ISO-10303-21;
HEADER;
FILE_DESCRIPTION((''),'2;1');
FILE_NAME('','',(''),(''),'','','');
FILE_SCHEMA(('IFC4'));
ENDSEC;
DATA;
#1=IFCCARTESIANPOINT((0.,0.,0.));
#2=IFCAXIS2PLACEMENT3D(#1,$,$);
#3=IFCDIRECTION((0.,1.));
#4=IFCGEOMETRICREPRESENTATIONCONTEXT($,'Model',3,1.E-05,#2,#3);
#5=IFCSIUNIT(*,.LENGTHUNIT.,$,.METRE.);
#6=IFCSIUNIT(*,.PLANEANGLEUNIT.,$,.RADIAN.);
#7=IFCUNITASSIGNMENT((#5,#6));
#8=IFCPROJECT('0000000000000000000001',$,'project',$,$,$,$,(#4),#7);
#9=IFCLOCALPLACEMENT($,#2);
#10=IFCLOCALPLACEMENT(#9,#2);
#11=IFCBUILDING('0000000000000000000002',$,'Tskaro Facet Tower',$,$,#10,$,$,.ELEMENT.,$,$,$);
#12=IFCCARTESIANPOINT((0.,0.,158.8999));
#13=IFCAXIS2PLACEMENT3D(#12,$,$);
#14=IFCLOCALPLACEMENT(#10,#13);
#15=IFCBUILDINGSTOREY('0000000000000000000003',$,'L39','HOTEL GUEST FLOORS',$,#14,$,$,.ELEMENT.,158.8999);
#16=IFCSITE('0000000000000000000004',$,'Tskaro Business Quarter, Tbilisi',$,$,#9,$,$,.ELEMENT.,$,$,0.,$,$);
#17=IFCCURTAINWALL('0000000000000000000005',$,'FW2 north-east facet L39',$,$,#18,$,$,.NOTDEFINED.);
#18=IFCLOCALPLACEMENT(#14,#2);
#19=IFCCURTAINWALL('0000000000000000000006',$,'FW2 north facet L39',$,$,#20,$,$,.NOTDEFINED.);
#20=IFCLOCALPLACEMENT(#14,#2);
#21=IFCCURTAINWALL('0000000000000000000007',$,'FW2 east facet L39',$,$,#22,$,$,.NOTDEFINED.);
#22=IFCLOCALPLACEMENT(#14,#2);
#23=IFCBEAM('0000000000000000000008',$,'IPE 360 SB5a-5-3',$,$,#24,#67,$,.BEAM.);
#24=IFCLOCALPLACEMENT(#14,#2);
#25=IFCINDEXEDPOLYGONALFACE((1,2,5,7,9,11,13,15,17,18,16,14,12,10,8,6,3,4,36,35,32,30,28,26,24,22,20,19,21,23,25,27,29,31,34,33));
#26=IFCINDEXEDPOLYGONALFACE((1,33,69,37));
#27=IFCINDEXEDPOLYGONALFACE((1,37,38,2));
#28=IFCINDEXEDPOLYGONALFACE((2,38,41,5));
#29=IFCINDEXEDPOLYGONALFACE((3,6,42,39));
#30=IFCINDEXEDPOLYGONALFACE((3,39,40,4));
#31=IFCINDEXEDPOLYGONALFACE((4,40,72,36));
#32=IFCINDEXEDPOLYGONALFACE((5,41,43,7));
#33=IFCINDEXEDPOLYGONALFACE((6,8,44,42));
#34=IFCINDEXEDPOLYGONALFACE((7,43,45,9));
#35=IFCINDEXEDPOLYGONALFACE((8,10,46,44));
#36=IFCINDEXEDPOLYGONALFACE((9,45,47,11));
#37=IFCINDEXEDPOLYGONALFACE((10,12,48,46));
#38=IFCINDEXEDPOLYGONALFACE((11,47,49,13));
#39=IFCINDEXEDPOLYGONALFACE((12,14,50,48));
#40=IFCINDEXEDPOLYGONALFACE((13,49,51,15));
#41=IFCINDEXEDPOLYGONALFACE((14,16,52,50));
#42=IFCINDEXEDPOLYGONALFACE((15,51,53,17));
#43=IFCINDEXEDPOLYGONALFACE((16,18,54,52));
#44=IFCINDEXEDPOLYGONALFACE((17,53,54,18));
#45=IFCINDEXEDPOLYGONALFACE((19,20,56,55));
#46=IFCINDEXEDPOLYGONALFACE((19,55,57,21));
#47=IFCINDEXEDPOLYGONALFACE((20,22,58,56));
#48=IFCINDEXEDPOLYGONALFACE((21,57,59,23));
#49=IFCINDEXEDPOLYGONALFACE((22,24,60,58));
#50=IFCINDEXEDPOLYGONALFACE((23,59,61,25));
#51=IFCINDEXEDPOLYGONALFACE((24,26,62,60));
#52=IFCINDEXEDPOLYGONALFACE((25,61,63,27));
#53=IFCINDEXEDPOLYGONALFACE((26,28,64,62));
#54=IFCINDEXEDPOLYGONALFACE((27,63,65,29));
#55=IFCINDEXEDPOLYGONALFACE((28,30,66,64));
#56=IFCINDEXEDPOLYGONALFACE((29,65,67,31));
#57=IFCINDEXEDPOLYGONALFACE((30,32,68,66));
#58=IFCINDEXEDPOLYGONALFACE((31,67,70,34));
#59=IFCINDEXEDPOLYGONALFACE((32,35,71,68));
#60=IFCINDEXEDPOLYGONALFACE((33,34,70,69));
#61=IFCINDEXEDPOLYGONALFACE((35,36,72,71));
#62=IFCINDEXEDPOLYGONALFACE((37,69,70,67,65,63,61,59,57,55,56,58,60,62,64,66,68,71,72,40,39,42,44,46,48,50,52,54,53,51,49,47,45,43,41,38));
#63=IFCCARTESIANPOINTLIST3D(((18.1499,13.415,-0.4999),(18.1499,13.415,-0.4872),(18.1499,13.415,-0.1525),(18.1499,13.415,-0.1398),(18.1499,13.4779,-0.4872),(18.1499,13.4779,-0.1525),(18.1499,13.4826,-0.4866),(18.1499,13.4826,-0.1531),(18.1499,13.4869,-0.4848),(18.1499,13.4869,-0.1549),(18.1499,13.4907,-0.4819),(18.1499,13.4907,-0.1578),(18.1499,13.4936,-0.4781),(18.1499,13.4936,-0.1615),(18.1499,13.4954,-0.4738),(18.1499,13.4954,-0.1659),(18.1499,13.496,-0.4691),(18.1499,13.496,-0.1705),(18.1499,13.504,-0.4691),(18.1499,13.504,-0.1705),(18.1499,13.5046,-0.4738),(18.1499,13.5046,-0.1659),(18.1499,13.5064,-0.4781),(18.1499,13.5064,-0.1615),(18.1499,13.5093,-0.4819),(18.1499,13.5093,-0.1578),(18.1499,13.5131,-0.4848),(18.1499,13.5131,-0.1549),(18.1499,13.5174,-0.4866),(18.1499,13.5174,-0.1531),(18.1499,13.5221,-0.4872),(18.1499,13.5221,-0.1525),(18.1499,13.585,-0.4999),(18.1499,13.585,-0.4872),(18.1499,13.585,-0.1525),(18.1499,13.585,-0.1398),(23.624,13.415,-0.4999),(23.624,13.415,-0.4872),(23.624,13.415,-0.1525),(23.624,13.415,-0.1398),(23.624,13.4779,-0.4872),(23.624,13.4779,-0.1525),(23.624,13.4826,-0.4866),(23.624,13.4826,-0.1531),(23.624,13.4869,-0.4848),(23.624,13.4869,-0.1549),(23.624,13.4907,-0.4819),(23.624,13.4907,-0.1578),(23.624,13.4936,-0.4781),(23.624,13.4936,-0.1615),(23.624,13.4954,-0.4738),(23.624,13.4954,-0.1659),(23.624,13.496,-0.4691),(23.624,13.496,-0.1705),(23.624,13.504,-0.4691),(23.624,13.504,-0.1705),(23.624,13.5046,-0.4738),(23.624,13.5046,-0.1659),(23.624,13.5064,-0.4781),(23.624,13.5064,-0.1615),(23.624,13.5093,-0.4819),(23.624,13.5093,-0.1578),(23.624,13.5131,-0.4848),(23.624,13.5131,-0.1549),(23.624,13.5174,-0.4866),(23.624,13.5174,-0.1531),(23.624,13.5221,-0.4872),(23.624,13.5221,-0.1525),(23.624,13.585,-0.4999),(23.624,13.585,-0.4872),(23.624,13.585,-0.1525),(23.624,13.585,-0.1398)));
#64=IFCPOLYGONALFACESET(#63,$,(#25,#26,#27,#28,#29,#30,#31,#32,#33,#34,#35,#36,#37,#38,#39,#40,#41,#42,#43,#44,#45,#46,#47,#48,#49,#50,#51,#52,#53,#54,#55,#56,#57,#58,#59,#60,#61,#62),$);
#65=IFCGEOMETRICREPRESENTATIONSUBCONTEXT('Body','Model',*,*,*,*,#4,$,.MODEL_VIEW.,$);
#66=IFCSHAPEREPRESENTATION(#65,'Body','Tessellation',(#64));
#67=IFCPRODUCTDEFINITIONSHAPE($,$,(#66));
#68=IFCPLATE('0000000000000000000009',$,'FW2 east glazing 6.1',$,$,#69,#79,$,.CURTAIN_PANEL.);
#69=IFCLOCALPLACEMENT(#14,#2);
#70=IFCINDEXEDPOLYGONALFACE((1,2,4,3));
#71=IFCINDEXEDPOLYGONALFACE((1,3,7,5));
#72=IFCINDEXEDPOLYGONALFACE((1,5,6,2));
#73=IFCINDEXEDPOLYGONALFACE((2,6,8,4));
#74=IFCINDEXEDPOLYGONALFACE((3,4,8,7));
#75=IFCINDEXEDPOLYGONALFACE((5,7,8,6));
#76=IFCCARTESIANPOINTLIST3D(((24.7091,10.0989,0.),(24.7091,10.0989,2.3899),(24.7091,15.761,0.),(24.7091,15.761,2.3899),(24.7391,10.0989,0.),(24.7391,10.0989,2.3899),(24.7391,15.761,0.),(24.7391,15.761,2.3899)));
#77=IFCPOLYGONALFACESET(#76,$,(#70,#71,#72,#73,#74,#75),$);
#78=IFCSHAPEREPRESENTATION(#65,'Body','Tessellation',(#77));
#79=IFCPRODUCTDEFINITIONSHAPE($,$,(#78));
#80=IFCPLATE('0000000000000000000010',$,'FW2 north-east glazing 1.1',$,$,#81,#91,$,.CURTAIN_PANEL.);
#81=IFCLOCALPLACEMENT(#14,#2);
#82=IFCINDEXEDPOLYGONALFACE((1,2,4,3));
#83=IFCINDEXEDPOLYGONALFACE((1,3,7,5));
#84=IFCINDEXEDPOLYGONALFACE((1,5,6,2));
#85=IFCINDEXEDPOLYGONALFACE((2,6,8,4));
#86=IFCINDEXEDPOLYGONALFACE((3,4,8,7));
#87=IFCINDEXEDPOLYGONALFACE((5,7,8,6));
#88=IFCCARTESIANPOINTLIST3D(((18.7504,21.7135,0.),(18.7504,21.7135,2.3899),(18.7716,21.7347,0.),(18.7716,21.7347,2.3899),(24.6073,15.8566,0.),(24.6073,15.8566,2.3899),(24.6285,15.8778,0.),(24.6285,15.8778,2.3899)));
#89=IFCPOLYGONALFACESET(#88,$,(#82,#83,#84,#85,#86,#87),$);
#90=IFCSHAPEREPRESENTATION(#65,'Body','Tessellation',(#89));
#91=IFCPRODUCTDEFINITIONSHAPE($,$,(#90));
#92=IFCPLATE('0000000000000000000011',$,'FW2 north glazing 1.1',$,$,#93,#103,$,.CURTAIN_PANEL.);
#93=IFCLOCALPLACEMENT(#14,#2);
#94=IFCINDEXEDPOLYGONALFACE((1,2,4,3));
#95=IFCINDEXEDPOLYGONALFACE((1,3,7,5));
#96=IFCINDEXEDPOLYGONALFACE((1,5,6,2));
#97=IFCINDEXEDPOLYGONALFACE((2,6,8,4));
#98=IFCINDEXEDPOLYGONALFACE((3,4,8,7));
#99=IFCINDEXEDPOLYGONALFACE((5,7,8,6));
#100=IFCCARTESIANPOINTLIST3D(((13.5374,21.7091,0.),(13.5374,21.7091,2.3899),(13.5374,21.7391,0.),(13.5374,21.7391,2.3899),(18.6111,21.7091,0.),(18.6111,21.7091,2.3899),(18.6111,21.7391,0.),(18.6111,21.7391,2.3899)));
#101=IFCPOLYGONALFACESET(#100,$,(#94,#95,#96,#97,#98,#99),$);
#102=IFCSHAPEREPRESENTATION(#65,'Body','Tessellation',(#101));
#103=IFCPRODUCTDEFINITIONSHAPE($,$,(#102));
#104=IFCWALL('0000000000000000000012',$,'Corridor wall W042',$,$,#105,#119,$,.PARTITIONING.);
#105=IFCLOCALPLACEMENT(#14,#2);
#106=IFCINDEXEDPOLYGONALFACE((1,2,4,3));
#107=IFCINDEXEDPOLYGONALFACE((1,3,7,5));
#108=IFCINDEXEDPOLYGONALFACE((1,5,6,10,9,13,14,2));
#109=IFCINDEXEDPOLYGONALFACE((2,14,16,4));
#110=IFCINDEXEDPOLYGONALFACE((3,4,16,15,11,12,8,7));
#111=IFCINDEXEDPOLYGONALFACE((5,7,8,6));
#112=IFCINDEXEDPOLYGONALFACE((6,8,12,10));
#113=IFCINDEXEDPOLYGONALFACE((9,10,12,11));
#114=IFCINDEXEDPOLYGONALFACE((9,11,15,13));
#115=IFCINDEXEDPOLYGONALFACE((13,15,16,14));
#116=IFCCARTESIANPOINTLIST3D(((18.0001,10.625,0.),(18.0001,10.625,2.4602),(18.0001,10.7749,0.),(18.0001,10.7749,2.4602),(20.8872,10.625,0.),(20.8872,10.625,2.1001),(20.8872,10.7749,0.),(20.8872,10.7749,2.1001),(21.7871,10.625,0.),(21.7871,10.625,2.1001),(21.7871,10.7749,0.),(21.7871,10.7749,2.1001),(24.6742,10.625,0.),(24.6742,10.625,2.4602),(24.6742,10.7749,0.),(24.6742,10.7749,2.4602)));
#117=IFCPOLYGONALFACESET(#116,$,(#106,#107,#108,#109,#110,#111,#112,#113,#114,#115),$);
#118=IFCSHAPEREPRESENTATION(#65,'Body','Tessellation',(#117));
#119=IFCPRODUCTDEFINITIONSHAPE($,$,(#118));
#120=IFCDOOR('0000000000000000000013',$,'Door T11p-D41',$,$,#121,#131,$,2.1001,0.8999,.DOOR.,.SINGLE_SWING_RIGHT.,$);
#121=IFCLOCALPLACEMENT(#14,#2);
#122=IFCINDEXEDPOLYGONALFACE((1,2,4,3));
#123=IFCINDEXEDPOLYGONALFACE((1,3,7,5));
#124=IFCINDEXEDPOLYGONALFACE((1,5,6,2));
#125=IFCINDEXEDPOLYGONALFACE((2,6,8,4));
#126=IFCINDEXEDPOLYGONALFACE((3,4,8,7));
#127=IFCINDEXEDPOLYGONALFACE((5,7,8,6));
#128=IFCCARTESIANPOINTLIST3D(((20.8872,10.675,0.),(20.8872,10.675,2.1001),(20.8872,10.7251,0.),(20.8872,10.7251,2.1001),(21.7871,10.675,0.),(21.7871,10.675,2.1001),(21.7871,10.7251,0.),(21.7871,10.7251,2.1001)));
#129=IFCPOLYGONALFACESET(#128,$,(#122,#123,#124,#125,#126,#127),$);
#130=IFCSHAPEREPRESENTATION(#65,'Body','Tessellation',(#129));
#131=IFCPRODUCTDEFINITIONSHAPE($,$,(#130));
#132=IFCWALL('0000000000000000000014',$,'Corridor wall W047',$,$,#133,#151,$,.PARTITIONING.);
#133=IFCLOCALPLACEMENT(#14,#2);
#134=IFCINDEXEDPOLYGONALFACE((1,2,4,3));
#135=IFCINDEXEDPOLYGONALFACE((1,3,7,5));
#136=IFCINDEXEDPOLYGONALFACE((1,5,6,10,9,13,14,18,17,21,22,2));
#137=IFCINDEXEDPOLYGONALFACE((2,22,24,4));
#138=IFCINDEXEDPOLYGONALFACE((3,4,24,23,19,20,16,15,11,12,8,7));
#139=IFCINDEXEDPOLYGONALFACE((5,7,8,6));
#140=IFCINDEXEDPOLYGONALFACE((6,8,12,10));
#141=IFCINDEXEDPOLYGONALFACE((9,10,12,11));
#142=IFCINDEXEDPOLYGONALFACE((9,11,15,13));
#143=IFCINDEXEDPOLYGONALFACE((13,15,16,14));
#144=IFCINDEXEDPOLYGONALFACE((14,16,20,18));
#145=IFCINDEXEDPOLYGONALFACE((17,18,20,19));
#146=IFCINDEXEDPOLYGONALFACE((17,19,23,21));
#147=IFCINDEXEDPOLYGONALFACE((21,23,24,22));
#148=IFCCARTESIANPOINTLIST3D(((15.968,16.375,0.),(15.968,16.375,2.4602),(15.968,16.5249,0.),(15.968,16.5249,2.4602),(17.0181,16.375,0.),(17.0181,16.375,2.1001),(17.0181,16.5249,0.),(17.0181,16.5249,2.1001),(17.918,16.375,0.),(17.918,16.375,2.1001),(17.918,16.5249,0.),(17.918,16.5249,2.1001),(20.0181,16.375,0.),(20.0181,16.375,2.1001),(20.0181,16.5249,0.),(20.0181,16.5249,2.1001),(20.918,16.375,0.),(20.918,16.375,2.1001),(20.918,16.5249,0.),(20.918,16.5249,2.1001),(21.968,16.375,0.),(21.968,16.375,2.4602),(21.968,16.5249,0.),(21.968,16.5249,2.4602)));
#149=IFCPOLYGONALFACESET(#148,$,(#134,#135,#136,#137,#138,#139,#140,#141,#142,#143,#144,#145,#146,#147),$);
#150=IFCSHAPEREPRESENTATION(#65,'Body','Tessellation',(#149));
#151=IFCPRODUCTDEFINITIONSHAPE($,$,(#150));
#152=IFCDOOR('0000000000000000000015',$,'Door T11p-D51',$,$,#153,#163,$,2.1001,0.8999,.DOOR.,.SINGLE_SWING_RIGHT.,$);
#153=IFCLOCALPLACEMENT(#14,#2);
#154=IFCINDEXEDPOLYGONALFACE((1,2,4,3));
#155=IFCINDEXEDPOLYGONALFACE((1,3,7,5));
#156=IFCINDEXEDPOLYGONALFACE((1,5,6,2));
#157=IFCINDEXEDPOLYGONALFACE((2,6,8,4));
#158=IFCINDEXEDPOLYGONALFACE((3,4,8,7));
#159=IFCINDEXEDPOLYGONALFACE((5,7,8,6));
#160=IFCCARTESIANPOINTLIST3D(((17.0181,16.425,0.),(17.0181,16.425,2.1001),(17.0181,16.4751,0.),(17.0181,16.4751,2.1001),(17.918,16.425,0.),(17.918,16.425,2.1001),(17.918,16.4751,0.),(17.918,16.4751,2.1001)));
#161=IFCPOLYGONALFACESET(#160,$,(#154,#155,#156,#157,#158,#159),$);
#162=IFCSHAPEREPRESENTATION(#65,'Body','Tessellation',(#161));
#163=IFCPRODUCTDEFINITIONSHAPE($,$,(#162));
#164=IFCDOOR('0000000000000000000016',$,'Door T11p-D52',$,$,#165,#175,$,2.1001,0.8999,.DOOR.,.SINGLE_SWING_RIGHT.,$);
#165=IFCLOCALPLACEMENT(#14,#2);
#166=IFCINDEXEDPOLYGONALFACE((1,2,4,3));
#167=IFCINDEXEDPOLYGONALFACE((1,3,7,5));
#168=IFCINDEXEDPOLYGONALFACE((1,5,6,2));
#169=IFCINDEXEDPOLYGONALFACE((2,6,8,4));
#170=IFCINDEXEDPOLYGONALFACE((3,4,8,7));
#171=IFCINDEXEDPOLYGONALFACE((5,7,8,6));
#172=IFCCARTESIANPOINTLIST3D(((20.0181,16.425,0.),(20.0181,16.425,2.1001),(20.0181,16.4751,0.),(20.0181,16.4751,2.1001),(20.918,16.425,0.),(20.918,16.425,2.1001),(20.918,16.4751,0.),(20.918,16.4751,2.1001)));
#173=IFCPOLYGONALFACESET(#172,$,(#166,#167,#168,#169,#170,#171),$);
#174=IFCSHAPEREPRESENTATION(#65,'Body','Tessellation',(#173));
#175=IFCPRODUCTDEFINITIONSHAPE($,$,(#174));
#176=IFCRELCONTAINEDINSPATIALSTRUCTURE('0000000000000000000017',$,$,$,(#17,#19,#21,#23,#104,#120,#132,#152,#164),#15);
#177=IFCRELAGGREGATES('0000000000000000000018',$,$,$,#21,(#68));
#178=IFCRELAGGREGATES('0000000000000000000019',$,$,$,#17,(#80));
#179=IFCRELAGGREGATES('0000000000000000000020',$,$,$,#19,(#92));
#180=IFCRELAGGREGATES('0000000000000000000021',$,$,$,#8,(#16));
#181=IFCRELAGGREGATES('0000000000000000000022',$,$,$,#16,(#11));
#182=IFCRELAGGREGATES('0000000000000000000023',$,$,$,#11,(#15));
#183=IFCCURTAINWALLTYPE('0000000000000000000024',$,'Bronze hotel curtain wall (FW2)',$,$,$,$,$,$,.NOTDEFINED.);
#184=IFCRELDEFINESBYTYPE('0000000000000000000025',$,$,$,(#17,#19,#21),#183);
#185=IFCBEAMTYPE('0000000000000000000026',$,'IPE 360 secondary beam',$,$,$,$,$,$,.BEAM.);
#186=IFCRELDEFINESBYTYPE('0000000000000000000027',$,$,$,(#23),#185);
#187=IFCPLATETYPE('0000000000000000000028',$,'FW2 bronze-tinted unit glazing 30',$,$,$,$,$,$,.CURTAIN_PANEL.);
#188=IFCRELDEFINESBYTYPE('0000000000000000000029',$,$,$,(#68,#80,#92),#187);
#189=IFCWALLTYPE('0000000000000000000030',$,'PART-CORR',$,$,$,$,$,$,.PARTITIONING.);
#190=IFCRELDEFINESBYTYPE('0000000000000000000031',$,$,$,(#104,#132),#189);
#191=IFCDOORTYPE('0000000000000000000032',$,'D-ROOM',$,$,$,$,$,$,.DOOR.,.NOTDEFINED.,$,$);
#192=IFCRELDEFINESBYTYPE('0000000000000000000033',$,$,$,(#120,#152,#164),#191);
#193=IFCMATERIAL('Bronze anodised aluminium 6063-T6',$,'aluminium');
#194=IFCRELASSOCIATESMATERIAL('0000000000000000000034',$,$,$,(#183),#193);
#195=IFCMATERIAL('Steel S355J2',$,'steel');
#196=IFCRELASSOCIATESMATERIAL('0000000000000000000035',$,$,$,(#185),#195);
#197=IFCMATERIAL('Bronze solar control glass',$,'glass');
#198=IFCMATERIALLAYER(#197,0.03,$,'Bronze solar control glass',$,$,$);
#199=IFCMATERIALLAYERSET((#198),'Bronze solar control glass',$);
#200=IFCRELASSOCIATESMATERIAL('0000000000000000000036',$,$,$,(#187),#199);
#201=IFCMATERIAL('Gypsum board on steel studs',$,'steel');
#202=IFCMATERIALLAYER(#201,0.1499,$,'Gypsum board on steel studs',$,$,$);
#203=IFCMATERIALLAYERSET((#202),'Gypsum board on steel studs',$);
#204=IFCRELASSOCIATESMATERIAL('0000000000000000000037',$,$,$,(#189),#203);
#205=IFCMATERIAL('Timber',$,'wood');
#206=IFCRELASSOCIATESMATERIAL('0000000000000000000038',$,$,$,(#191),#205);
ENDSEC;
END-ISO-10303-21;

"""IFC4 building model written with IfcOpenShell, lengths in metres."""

from ifc_helpers import new_model, si_unit, direction, frame, frame_2d, origin, origin_2d, place, context, subcontext, project, spatial, rectangle, i_section, extrude, material, layer, layer_set, material_profile, profile_set, type_object, element, fill, aggregate, save


model = new_model("IFC4")

# Units and contexts
model_context = context("Model", 3, precision=1e-05, world=origin(), true_north=direction((0.0, 1.0)))
body_context = subcontext(model_context, "Body", "Model", "MODEL_VIEW")
ifc_project = project(units=[si_unit("LENGTHUNIT", "METRE"), si_unit("PLANEANGLEUNIT", "RADIAN")], contexts=[model_context])

# Site, building, storey
site_placement = place(None, origin())
site = spatial("IfcSite", under=ifc_project, at=site_placement, Name="Tskaro Business Quarter, Tbilisi", CompositionType="ELEMENT", RefElevation=0.0)
building_placement = place(site_placement, origin())
building = spatial("IfcBuilding", under=site, at=building_placement, Name="Tskaro Facet Tower", CompositionType="ELEMENT")
storey_placement = place(building_placement, frame((0.0, 0.0, 158.8999)))
storey = spatial("IfcBuildingStorey", under=building, at=storey_placement, Name="L39", Description="HOTEL GUEST FLOORS", CompositionType="ELEMENT", Elevation=158.8999)

# Curtain walls
ifc_material_1 = material(Name="Bronze anodised aluminium 6063-T6", Category="aluminium")
curtain_wall_type = type_object("IfcCurtainWallType", Name="Bronze hotel curtain wall (FW2)", PredefinedType="NOTDEFINED", material=ifc_material_1)
curtain_wall_1_placement = place(storey_placement, origin())
curtain_wall_1 = element("IfcCurtainWall", 1, at=curtain_wall_1_placement, inside=storey, type_object=curtain_wall_type, Name="FW2 north-east facet L39", PredefinedType="NOTDEFINED")
curtain_wall_2_placement = place(storey_placement, origin())
curtain_wall_2 = element("IfcCurtainWall", 2, at=curtain_wall_2_placement, inside=storey, type_object=curtain_wall_type, Name="FW2 north facet L39", PredefinedType="NOTDEFINED")

# Curtain wall
curtain_wall_3_placement = place(storey_placement, origin())
curtain_wall_3 = element("IfcCurtainWall", 3, at=curtain_wall_3_placement, inside=storey, type_object=curtain_wall_type, Name="FW2 east facet L39", PredefinedType="NOTDEFINED")

# Beam
ifc_material_2 = material(Name="Steel S355J2", Category="steel")
ifc_material_profile_1 = material_profile(ifc_material_2, i_section(OverallWidth=0.1699, OverallDepth=0.3601, WebThickness=0.0081, FlangeThickness=0.0127, FilletRadius=0.0181, at=origin_2d()), Name="IPE 360")
ifc_profile_set_1 = profile_set([ifc_material_profile_1], Name="Steel S355J2")
beam_type_1 = type_object("IfcBeamType", Name="IPE 360 secondary beam", PredefinedType="BEAM", material=ifc_profile_set_1)
beam_1_placement = place(storey_placement, frame((18.1499, 13.5, -0.3198), z_axis=(1.0, 0.0, 0.0), x_axis=(0.0, 1.0, 0.0)))
element("IfcBeam", 4, at=beam_1_placement, inside=storey, type_object=beam_type_1, Name="IPE 360 SB5a-5-3", PredefinedType="BEAM", context=body_context, shape_type="SweptSolid", body=[
    extrude(i_section(OverallWidth=0.1699, OverallDepth=0.3601, WebThickness=0.0081, FlangeThickness=0.0127, FilletRadius=0.0181, at=origin_2d()), origin(), (0.0, 0.0, 1.0), 5.4741),
])

# Plates
ifc_material_3 = material(Name="Bronze solar control glass", Category="glass")
ifc_layer_1 = layer(ifc_material_3, 0.03, Name="Bronze solar control glass")
ifc_layer_set_1 = layer_set([ifc_layer_1], Name="Bronze solar control glass")
plate_type = type_object("IfcPlateType", Name="FW2 bronze-tinted unit glazing 30", PredefinedType="CURTAIN_PANEL", material=ifc_layer_set_1)
plate_1_placement = place(storey_placement, frame((24.7241, 12.9299, 0.0), z_axis=(0.0, 0.0, 1.0), x_axis=(0.0, 1.0, 0.0)))
plate_1 = element("IfcPlate", 5, at=plate_1_placement, type_object=plate_type, Name="FW2 east glazing 6.1", PredefinedType="CURTAIN_PANEL", context=body_context, shape_type="SweptSolid", body=[
    extrude(rectangle(XDim=5.6621, YDim=0.03, at=origin_2d()), origin(), (0.0, 0.0, 1.0), 2.3899),
])
aggregate(curtain_wall_3, [plate_1])
plate_2_placement = place(storey_placement, frame((21.6895, 18.7957, 0.0), z_axis=(0.0, 0.0, 1.0), x_axis=(-0.707107, 0.707107, 0.0)))
plate_2 = element("IfcPlate", 6, at=plate_2_placement, type_object=plate_type, Name="FW2 north-east glazing 1.1", PredefinedType="CURTAIN_PANEL", context=body_context, shape_type="SweptSolid", body=[
    extrude(rectangle(XDim=8.283, YDim=0.03, at=origin_2d()), origin(), (0.0, 0.0, 1.0), 2.3899),
])
aggregate(curtain_wall_1, [plate_2])
plate_3_placement = place(storey_placement, frame((16.0742, 21.7241, 0.0), z_axis=(0.0, 0.0, 1.0), x_axis=(-1.0, 0.0, 0.0)))
plate_3 = element("IfcPlate", 7, at=plate_3_placement, type_object=plate_type, Name="FW2 north glazing 1.1", PredefinedType="CURTAIN_PANEL", context=body_context, shape_type="SweptSolid", body=[
    extrude(rectangle(XDim=5.0737, YDim=0.03, at=origin_2d()), origin(), (0.0, 0.0, 1.0), 2.3899),
])
aggregate(curtain_wall_2, [plate_3])

# Wall, opening, door
ifc_material_4 = material(Name="Gypsum board on steel studs", Category="steel")
ifc_layer_2 = layer(ifc_material_4, 0.1499, Name="Gypsum board on steel studs")
ifc_layer_set_2 = layer_set([ifc_layer_2], Name="Gypsum board on steel studs")
wall_type_1 = type_object("IfcWallType", Name="PART-CORR", PredefinedType="PARTITIONING", material=ifc_layer_set_2)
wall_1_placement = place(storey_placement, frame((24.6741, 10.7, 0.0), z_axis=(0.0, 0.0, 1.0), x_axis=(-1.0, 0.0, 0.0)))
wall_1 = element("IfcWall", 8, at=wall_1_placement, inside=storey, type_object=wall_type_1, Name="Corridor wall W042", PredefinedType="PARTITIONING", context=body_context, shape_type="SweptSolid", body=[
    extrude(rectangle(XDim=6.6741, YDim=0.1499, at=frame_2d((3.3369, 0.0))), origin(), (0.0, 0.0, 1.0), 2.4602),
])
opening_1_placement = place(wall_1_placement, frame((2.887, 0.0, 0.0)))
opening_1 = element("IfcOpeningElement", 9, at=opening_1_placement, cuts=wall_1, PredefinedType="OPENING", context=body_context, shape_type="SweptSolid", body=[
    extrude(rectangle(XDim=0.8999, YDim=2.1001, at=frame_2d((0.45, 1.05))), frame((0.0, 0.085, 0.0), z_axis=(0.0, -1.0, 0.0), x_axis=(1.0, 0.0, 0.0)), (0.0, 0.0, 1.0), 0.1699),
])
ifc_material_5 = material(Name="Timber", Category="wood")
door_type = type_object("IfcDoorType", Name="D-ROOM", OperationType="NOTDEFINED", PredefinedType="DOOR", material=ifc_material_5)
door_1_placement = place(opening_1_placement, origin())
door_1 = element("IfcDoor", 10, at=door_1_placement, inside=storey, type_object=door_type, Name="Door T11p-D41", OperationType="SINGLE_SWING_RIGHT", OverallHeight=2.1001, OverallWidth=0.8999, PredefinedType="DOOR", context=body_context, shape_type="SweptSolid", body=[
    extrude(rectangle(XDim=0.8999, YDim=2.1001, at=frame_2d((0.45, 1.05))), frame((0.0, 0.0249, 0.0), z_axis=(0.0, -1.0, 0.0), x_axis=(1.0, 0.0, 0.0)), (0.0, 0.0, 1.0), 0.05),
])
fill(opening_1, door_1)

# Wall, openings, doors
wall_2_placement = place(storey_placement, frame((21.968, 16.45, 0.0), z_axis=(0.0, 0.0, 1.0), x_axis=(-1.0, 0.0, 0.0)))
wall_2 = element("IfcWall", 11, at=wall_2_placement, inside=storey, type_object=wall_type_1, Name="Corridor wall W047", PredefinedType="PARTITIONING", context=body_context, shape_type="SweptSolid", body=[
    extrude(rectangle(XDim=6.0, YDim=0.1499, at=frame_2d((3.0, 0.0))), origin(), (0.0, 0.0, 1.0), 2.4602),
])
opening_2_placement = place(wall_2_placement, frame((4.05, 0.0, 0.0)))
opening_2 = element("IfcOpeningElement", 12, at=opening_2_placement, cuts=wall_2, PredefinedType="OPENING", context=body_context, shape_type="SweptSolid", body=[
    extrude(rectangle(XDim=0.8999, YDim=2.1001, at=frame_2d((0.45, 1.05))), frame((0.0, 0.085, 0.0), z_axis=(0.0, -1.0, 0.0), x_axis=(1.0, 0.0, 0.0)), (0.0, 0.0, 1.0), 0.1699),
])
opening_3_placement = place(wall_2_placement, frame((1.05, 0.0, 0.0)))
opening_3 = element("IfcOpeningElement", 13, at=opening_3_placement, cuts=wall_2, PredefinedType="OPENING", context=body_context, shape_type="SweptSolid", body=[
    extrude(rectangle(XDim=0.8999, YDim=2.1001, at=frame_2d((0.45, 1.05))), frame((0.0, 0.085, 0.0), z_axis=(0.0, -1.0, 0.0), x_axis=(1.0, 0.0, 0.0)), (0.0, 0.0, 1.0), 0.1699),
])
door_2_placement = place(opening_2_placement, origin())
door_2 = element("IfcDoor", 14, at=door_2_placement, inside=storey, type_object=door_type, Name="Door T11p-D51", OperationType="SINGLE_SWING_RIGHT", OverallHeight=2.1001, OverallWidth=0.8999, PredefinedType="DOOR", context=body_context, shape_type="SweptSolid", body=[
    extrude(rectangle(XDim=0.8999, YDim=2.1001, at=frame_2d((0.45, 1.05))), frame((0.0, 0.0249, 0.0), z_axis=(0.0, -1.0, 0.0), x_axis=(1.0, 0.0, 0.0)), (0.0, 0.0, 1.0), 0.05),
])
fill(opening_2, door_2)
door_3_placement = place(opening_3_placement, origin())
door_3 = element("IfcDoor", 15, at=door_3_placement, inside=storey, type_object=door_type, Name="Door T11p-D52", OperationType="SINGLE_SWING_RIGHT", OverallHeight=2.1001, OverallWidth=0.8999, PredefinedType="DOOR", context=body_context, shape_type="SweptSolid", body=[
    extrude(rectangle(XDim=0.8999, YDim=2.1001, at=frame_2d((0.45, 1.05))), frame((0.0, 0.0249, 0.0), z_axis=(0.0, -1.0, 0.0), x_axis=(1.0, 0.0, 0.0)), (0.0, 0.0, 1.0), 0.05),
])
fill(opening_3, door_3)

save(model, "model.ifc")
